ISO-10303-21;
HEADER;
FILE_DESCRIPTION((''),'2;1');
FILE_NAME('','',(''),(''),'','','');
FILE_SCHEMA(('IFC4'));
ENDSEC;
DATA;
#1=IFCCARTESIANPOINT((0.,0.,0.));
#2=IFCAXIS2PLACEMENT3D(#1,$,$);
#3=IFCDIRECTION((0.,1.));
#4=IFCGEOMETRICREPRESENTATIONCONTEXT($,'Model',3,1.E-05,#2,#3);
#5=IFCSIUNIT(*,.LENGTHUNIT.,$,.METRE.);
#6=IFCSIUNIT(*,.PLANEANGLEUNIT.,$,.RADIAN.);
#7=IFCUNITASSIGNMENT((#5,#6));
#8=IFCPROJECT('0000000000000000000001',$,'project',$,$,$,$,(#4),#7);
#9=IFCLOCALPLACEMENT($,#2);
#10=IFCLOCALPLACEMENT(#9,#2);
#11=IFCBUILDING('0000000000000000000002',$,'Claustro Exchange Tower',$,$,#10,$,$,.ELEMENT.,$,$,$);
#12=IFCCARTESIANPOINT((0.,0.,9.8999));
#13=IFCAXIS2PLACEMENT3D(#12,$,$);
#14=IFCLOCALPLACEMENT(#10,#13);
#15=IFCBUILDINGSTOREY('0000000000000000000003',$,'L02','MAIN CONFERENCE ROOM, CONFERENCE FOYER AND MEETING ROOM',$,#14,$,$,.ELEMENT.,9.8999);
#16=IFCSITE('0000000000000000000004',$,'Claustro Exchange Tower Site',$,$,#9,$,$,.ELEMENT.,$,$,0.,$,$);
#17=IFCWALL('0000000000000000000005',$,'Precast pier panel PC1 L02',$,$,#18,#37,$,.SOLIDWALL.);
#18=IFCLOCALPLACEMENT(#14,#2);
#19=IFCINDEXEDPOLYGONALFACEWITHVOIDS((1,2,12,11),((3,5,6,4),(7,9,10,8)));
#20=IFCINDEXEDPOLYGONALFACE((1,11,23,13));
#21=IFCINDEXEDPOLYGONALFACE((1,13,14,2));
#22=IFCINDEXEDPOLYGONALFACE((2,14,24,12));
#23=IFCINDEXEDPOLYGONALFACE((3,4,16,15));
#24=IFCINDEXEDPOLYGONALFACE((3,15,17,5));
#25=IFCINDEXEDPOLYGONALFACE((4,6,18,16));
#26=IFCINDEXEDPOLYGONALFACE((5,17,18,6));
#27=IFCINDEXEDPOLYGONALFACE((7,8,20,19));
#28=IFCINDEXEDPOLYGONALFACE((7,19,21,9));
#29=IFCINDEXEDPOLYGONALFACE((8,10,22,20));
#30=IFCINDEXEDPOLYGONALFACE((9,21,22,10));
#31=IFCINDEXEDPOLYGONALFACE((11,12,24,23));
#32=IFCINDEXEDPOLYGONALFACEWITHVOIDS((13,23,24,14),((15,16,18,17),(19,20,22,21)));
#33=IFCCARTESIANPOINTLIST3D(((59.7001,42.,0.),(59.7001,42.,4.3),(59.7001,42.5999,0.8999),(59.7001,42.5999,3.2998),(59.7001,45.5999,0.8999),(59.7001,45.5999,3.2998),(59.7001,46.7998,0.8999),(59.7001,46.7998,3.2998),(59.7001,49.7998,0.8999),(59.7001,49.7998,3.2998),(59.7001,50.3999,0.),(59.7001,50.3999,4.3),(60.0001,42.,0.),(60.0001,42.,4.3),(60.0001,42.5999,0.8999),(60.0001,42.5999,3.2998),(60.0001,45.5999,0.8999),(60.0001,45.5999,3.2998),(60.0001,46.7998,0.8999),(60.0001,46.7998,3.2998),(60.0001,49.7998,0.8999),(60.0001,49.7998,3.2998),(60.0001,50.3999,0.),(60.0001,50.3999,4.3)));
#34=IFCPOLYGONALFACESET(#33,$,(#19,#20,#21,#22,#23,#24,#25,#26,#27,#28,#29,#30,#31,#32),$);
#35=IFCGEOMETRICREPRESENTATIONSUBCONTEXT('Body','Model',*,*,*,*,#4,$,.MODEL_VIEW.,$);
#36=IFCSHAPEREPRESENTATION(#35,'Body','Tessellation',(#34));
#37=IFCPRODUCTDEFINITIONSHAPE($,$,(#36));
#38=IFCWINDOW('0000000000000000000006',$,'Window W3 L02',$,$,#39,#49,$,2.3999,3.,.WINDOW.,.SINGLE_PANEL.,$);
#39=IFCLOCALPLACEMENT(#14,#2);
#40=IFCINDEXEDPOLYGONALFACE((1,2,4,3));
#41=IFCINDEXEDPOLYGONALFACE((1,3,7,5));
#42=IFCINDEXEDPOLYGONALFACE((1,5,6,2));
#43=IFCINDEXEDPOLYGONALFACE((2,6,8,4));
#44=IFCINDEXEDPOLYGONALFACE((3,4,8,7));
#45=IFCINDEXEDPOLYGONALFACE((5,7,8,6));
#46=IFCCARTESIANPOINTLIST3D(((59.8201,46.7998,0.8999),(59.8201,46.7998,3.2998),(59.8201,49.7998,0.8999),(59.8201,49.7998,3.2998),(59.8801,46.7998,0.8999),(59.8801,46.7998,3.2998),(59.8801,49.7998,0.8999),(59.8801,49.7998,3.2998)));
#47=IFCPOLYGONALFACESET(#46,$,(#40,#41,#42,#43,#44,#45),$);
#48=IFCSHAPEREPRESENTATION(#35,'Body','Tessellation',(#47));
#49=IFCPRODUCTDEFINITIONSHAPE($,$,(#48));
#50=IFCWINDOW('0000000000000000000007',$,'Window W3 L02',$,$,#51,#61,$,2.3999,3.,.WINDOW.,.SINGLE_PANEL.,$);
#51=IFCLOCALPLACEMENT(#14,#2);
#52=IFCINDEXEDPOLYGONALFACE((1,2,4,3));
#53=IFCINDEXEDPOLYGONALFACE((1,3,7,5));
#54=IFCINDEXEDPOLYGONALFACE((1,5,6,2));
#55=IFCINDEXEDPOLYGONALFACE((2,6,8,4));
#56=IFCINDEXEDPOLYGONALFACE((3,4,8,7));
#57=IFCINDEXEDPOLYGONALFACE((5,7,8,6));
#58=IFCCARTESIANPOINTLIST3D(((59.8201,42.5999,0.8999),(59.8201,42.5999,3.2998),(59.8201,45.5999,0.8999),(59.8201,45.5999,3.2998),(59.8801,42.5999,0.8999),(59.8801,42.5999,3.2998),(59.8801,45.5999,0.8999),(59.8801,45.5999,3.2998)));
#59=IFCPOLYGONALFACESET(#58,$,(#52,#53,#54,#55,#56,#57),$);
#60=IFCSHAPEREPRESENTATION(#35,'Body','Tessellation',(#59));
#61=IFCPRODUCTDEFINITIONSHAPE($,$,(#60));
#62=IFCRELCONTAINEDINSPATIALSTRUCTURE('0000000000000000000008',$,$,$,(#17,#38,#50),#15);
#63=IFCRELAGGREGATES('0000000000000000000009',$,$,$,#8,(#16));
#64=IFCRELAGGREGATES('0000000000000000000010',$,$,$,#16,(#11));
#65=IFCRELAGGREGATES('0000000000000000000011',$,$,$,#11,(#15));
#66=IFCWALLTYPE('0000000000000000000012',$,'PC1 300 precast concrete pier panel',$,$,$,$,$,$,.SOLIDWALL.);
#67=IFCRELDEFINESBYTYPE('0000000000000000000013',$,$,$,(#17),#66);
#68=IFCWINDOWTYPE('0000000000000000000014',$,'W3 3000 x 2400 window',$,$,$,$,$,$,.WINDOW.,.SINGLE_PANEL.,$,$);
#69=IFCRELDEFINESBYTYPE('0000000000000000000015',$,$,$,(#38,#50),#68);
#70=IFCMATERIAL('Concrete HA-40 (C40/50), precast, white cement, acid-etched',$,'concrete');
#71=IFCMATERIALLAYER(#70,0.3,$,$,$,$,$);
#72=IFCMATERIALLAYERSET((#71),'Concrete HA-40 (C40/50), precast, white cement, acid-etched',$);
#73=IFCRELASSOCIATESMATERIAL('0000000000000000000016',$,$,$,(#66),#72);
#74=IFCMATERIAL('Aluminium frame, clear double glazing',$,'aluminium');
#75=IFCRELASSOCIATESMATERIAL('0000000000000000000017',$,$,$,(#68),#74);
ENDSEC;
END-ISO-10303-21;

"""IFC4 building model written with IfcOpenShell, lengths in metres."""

from ifc_helpers import new_model, si_unit, direction, frame, frame_2d, origin, place, context, subcontext, project, spatial, rectangle, extrude, material, layer, layer_set, type_object, element, fill, save


model = new_model("IFC4")

# Units and contexts
model_context = context("Model", 3, precision=1e-05, world=origin(), true_north=direction((0.0, 1.0)))
body_context = subcontext(model_context, "Body", "Model", "MODEL_VIEW")
ifc_project = project(units=[si_unit("LENGTHUNIT", "METRE"), si_unit("PLANEANGLEUNIT", "RADIAN")], contexts=[model_context])

# Site, building, storey
site_placement = place(None, origin())
site = spatial("IfcSite", under=ifc_project, at=site_placement, Name="Claustro Exchange Tower Site", CompositionType="ELEMENT", RefElevation=0.0)
building_placement = place(site_placement, origin())
building = spatial("IfcBuilding", under=site, at=building_placement, Name="Claustro Exchange Tower", CompositionType="ELEMENT")
storey_placement = place(building_placement, frame((0.0, 0.0, 9.8999)))
storey = spatial("IfcBuildingStorey", under=building, at=storey_placement, Name="L02", Description="MAIN CONFERENCE ROOM, CONFERENCE FOYER AND MEETING ROOM", CompositionType="ELEMENT", Elevation=9.8999)

# Shared definitions
ifc_material_1 = material(Name="Concrete HA-40 (C40/50), precast, white cement, acid-etched", Category="concrete")
ifc_layer_1 = layer(ifc_material_1, 0.3)
ifc_layer_set_1 = layer_set([ifc_layer_1], Name="Concrete HA-40 (C40/50), precast, white cement, acid-etched")
wall_type_1 = type_object("IfcWallType", Name="PC1 300 precast concrete pier panel", PredefinedType="SOLIDWALL", material=ifc_layer_set_1)
ifc_material_2 = material(Name="Aluminium frame, clear double glazing", Category="aluminium")
window_type = type_object("IfcWindowType", Name="W3 3000 x 2400 window", PartitioningType="SINGLE_PANEL", PredefinedType="WINDOW", material=ifc_material_2)

# Wall, openings, windows
wall_1_placement = place(storey_placement, frame((59.8501, 50.3999, 0.0), z_axis=(0.0, 0.0, 1.0), x_axis=(0.0, -1.0, 0.0)))
wall_1 = element("IfcWall", 1, at=wall_1_placement, inside=storey, type_object=wall_type_1, Name="Precast pier panel PC1 L02", PredefinedType="SOLIDWALL", context=body_context, shape_type="SweptSolid", body=[
    extrude(rectangle(XDim=8.3999, YDim=0.3, at=frame_2d((4.2, 0.0))), origin(), (0.0, 0.0, 1.0), 4.3),
])
opening_1_placement = place(wall_1_placement, frame((0.6001, 0.0, 0.8999)))
opening_1 = element("IfcOpeningElement", 2, at=opening_1_placement, cuts=wall_1, PredefinedType="OPENING", context=body_context, shape_type="SweptSolid", body=[
    extrude(rectangle(XDim=3.0, YDim=2.3999, at=frame_2d((1.5, 1.2))), frame((0.0, 0.1599, 0.0), z_axis=(0.0, -1.0, 0.0), x_axis=(1.0, 0.0, 0.0)), (0.0, 0.0, 1.0), 0.3201),
])
opening_2_placement = place(wall_1_placement, frame((4.8, 0.0, 0.8999)))
opening_2 = element("IfcOpeningElement", 3, at=opening_2_placement, cuts=wall_1, PredefinedType="OPENING", context=body_context, shape_type="SweptSolid", body=[
    extrude(rectangle(XDim=3.0, YDim=2.3999, at=frame_2d((1.5, 1.2))), frame((0.0, 0.1599, 0.0), z_axis=(0.0, -1.0, 0.0), x_axis=(1.0, 0.0, 0.0)), (0.0, 0.0, 1.0), 0.3201),
])
window_1_placement = place(opening_1_placement, origin())
window_1 = element("IfcWindow", 4, at=window_1_placement, inside=storey, type_object=window_type, Name="Window W3 L02", OverallHeight=2.3999, OverallWidth=3.0, PartitioningType="SINGLE_PANEL", PredefinedType="WINDOW", context=body_context, shape_type="SweptSolid", body=[
    extrude(rectangle(XDim=3.0, YDim=2.3999, at=frame_2d((1.5, 1.2))), frame((0.0, 0.03, 0.0), z_axis=(0.0, -1.0, 0.0), x_axis=(1.0, 0.0, 0.0)), (0.0, 0.0, 1.0), 0.0601),
])
fill(opening_1, window_1)
window_2_placement = place(opening_2_placement, origin())
window_2 = element("IfcWindow", 5, at=window_2_placement, inside=storey, type_object=window_type, Name="Window W3 L02", OverallHeight=2.3999, OverallWidth=3.0, PartitioningType="SINGLE_PANEL", PredefinedType="WINDOW", context=body_context, shape_type="SweptSolid", body=[
    extrude(rectangle(XDim=3.0, YDim=2.3999, at=frame_2d((1.5, 1.2))), frame((0.0, 0.03, 0.0), z_axis=(0.0, -1.0, 0.0), x_axis=(1.0, 0.0, 0.0)), (0.0, 0.0, 1.0), 0.0601),
])
fill(opening_2, window_2)

save(model, "model.ifc")
